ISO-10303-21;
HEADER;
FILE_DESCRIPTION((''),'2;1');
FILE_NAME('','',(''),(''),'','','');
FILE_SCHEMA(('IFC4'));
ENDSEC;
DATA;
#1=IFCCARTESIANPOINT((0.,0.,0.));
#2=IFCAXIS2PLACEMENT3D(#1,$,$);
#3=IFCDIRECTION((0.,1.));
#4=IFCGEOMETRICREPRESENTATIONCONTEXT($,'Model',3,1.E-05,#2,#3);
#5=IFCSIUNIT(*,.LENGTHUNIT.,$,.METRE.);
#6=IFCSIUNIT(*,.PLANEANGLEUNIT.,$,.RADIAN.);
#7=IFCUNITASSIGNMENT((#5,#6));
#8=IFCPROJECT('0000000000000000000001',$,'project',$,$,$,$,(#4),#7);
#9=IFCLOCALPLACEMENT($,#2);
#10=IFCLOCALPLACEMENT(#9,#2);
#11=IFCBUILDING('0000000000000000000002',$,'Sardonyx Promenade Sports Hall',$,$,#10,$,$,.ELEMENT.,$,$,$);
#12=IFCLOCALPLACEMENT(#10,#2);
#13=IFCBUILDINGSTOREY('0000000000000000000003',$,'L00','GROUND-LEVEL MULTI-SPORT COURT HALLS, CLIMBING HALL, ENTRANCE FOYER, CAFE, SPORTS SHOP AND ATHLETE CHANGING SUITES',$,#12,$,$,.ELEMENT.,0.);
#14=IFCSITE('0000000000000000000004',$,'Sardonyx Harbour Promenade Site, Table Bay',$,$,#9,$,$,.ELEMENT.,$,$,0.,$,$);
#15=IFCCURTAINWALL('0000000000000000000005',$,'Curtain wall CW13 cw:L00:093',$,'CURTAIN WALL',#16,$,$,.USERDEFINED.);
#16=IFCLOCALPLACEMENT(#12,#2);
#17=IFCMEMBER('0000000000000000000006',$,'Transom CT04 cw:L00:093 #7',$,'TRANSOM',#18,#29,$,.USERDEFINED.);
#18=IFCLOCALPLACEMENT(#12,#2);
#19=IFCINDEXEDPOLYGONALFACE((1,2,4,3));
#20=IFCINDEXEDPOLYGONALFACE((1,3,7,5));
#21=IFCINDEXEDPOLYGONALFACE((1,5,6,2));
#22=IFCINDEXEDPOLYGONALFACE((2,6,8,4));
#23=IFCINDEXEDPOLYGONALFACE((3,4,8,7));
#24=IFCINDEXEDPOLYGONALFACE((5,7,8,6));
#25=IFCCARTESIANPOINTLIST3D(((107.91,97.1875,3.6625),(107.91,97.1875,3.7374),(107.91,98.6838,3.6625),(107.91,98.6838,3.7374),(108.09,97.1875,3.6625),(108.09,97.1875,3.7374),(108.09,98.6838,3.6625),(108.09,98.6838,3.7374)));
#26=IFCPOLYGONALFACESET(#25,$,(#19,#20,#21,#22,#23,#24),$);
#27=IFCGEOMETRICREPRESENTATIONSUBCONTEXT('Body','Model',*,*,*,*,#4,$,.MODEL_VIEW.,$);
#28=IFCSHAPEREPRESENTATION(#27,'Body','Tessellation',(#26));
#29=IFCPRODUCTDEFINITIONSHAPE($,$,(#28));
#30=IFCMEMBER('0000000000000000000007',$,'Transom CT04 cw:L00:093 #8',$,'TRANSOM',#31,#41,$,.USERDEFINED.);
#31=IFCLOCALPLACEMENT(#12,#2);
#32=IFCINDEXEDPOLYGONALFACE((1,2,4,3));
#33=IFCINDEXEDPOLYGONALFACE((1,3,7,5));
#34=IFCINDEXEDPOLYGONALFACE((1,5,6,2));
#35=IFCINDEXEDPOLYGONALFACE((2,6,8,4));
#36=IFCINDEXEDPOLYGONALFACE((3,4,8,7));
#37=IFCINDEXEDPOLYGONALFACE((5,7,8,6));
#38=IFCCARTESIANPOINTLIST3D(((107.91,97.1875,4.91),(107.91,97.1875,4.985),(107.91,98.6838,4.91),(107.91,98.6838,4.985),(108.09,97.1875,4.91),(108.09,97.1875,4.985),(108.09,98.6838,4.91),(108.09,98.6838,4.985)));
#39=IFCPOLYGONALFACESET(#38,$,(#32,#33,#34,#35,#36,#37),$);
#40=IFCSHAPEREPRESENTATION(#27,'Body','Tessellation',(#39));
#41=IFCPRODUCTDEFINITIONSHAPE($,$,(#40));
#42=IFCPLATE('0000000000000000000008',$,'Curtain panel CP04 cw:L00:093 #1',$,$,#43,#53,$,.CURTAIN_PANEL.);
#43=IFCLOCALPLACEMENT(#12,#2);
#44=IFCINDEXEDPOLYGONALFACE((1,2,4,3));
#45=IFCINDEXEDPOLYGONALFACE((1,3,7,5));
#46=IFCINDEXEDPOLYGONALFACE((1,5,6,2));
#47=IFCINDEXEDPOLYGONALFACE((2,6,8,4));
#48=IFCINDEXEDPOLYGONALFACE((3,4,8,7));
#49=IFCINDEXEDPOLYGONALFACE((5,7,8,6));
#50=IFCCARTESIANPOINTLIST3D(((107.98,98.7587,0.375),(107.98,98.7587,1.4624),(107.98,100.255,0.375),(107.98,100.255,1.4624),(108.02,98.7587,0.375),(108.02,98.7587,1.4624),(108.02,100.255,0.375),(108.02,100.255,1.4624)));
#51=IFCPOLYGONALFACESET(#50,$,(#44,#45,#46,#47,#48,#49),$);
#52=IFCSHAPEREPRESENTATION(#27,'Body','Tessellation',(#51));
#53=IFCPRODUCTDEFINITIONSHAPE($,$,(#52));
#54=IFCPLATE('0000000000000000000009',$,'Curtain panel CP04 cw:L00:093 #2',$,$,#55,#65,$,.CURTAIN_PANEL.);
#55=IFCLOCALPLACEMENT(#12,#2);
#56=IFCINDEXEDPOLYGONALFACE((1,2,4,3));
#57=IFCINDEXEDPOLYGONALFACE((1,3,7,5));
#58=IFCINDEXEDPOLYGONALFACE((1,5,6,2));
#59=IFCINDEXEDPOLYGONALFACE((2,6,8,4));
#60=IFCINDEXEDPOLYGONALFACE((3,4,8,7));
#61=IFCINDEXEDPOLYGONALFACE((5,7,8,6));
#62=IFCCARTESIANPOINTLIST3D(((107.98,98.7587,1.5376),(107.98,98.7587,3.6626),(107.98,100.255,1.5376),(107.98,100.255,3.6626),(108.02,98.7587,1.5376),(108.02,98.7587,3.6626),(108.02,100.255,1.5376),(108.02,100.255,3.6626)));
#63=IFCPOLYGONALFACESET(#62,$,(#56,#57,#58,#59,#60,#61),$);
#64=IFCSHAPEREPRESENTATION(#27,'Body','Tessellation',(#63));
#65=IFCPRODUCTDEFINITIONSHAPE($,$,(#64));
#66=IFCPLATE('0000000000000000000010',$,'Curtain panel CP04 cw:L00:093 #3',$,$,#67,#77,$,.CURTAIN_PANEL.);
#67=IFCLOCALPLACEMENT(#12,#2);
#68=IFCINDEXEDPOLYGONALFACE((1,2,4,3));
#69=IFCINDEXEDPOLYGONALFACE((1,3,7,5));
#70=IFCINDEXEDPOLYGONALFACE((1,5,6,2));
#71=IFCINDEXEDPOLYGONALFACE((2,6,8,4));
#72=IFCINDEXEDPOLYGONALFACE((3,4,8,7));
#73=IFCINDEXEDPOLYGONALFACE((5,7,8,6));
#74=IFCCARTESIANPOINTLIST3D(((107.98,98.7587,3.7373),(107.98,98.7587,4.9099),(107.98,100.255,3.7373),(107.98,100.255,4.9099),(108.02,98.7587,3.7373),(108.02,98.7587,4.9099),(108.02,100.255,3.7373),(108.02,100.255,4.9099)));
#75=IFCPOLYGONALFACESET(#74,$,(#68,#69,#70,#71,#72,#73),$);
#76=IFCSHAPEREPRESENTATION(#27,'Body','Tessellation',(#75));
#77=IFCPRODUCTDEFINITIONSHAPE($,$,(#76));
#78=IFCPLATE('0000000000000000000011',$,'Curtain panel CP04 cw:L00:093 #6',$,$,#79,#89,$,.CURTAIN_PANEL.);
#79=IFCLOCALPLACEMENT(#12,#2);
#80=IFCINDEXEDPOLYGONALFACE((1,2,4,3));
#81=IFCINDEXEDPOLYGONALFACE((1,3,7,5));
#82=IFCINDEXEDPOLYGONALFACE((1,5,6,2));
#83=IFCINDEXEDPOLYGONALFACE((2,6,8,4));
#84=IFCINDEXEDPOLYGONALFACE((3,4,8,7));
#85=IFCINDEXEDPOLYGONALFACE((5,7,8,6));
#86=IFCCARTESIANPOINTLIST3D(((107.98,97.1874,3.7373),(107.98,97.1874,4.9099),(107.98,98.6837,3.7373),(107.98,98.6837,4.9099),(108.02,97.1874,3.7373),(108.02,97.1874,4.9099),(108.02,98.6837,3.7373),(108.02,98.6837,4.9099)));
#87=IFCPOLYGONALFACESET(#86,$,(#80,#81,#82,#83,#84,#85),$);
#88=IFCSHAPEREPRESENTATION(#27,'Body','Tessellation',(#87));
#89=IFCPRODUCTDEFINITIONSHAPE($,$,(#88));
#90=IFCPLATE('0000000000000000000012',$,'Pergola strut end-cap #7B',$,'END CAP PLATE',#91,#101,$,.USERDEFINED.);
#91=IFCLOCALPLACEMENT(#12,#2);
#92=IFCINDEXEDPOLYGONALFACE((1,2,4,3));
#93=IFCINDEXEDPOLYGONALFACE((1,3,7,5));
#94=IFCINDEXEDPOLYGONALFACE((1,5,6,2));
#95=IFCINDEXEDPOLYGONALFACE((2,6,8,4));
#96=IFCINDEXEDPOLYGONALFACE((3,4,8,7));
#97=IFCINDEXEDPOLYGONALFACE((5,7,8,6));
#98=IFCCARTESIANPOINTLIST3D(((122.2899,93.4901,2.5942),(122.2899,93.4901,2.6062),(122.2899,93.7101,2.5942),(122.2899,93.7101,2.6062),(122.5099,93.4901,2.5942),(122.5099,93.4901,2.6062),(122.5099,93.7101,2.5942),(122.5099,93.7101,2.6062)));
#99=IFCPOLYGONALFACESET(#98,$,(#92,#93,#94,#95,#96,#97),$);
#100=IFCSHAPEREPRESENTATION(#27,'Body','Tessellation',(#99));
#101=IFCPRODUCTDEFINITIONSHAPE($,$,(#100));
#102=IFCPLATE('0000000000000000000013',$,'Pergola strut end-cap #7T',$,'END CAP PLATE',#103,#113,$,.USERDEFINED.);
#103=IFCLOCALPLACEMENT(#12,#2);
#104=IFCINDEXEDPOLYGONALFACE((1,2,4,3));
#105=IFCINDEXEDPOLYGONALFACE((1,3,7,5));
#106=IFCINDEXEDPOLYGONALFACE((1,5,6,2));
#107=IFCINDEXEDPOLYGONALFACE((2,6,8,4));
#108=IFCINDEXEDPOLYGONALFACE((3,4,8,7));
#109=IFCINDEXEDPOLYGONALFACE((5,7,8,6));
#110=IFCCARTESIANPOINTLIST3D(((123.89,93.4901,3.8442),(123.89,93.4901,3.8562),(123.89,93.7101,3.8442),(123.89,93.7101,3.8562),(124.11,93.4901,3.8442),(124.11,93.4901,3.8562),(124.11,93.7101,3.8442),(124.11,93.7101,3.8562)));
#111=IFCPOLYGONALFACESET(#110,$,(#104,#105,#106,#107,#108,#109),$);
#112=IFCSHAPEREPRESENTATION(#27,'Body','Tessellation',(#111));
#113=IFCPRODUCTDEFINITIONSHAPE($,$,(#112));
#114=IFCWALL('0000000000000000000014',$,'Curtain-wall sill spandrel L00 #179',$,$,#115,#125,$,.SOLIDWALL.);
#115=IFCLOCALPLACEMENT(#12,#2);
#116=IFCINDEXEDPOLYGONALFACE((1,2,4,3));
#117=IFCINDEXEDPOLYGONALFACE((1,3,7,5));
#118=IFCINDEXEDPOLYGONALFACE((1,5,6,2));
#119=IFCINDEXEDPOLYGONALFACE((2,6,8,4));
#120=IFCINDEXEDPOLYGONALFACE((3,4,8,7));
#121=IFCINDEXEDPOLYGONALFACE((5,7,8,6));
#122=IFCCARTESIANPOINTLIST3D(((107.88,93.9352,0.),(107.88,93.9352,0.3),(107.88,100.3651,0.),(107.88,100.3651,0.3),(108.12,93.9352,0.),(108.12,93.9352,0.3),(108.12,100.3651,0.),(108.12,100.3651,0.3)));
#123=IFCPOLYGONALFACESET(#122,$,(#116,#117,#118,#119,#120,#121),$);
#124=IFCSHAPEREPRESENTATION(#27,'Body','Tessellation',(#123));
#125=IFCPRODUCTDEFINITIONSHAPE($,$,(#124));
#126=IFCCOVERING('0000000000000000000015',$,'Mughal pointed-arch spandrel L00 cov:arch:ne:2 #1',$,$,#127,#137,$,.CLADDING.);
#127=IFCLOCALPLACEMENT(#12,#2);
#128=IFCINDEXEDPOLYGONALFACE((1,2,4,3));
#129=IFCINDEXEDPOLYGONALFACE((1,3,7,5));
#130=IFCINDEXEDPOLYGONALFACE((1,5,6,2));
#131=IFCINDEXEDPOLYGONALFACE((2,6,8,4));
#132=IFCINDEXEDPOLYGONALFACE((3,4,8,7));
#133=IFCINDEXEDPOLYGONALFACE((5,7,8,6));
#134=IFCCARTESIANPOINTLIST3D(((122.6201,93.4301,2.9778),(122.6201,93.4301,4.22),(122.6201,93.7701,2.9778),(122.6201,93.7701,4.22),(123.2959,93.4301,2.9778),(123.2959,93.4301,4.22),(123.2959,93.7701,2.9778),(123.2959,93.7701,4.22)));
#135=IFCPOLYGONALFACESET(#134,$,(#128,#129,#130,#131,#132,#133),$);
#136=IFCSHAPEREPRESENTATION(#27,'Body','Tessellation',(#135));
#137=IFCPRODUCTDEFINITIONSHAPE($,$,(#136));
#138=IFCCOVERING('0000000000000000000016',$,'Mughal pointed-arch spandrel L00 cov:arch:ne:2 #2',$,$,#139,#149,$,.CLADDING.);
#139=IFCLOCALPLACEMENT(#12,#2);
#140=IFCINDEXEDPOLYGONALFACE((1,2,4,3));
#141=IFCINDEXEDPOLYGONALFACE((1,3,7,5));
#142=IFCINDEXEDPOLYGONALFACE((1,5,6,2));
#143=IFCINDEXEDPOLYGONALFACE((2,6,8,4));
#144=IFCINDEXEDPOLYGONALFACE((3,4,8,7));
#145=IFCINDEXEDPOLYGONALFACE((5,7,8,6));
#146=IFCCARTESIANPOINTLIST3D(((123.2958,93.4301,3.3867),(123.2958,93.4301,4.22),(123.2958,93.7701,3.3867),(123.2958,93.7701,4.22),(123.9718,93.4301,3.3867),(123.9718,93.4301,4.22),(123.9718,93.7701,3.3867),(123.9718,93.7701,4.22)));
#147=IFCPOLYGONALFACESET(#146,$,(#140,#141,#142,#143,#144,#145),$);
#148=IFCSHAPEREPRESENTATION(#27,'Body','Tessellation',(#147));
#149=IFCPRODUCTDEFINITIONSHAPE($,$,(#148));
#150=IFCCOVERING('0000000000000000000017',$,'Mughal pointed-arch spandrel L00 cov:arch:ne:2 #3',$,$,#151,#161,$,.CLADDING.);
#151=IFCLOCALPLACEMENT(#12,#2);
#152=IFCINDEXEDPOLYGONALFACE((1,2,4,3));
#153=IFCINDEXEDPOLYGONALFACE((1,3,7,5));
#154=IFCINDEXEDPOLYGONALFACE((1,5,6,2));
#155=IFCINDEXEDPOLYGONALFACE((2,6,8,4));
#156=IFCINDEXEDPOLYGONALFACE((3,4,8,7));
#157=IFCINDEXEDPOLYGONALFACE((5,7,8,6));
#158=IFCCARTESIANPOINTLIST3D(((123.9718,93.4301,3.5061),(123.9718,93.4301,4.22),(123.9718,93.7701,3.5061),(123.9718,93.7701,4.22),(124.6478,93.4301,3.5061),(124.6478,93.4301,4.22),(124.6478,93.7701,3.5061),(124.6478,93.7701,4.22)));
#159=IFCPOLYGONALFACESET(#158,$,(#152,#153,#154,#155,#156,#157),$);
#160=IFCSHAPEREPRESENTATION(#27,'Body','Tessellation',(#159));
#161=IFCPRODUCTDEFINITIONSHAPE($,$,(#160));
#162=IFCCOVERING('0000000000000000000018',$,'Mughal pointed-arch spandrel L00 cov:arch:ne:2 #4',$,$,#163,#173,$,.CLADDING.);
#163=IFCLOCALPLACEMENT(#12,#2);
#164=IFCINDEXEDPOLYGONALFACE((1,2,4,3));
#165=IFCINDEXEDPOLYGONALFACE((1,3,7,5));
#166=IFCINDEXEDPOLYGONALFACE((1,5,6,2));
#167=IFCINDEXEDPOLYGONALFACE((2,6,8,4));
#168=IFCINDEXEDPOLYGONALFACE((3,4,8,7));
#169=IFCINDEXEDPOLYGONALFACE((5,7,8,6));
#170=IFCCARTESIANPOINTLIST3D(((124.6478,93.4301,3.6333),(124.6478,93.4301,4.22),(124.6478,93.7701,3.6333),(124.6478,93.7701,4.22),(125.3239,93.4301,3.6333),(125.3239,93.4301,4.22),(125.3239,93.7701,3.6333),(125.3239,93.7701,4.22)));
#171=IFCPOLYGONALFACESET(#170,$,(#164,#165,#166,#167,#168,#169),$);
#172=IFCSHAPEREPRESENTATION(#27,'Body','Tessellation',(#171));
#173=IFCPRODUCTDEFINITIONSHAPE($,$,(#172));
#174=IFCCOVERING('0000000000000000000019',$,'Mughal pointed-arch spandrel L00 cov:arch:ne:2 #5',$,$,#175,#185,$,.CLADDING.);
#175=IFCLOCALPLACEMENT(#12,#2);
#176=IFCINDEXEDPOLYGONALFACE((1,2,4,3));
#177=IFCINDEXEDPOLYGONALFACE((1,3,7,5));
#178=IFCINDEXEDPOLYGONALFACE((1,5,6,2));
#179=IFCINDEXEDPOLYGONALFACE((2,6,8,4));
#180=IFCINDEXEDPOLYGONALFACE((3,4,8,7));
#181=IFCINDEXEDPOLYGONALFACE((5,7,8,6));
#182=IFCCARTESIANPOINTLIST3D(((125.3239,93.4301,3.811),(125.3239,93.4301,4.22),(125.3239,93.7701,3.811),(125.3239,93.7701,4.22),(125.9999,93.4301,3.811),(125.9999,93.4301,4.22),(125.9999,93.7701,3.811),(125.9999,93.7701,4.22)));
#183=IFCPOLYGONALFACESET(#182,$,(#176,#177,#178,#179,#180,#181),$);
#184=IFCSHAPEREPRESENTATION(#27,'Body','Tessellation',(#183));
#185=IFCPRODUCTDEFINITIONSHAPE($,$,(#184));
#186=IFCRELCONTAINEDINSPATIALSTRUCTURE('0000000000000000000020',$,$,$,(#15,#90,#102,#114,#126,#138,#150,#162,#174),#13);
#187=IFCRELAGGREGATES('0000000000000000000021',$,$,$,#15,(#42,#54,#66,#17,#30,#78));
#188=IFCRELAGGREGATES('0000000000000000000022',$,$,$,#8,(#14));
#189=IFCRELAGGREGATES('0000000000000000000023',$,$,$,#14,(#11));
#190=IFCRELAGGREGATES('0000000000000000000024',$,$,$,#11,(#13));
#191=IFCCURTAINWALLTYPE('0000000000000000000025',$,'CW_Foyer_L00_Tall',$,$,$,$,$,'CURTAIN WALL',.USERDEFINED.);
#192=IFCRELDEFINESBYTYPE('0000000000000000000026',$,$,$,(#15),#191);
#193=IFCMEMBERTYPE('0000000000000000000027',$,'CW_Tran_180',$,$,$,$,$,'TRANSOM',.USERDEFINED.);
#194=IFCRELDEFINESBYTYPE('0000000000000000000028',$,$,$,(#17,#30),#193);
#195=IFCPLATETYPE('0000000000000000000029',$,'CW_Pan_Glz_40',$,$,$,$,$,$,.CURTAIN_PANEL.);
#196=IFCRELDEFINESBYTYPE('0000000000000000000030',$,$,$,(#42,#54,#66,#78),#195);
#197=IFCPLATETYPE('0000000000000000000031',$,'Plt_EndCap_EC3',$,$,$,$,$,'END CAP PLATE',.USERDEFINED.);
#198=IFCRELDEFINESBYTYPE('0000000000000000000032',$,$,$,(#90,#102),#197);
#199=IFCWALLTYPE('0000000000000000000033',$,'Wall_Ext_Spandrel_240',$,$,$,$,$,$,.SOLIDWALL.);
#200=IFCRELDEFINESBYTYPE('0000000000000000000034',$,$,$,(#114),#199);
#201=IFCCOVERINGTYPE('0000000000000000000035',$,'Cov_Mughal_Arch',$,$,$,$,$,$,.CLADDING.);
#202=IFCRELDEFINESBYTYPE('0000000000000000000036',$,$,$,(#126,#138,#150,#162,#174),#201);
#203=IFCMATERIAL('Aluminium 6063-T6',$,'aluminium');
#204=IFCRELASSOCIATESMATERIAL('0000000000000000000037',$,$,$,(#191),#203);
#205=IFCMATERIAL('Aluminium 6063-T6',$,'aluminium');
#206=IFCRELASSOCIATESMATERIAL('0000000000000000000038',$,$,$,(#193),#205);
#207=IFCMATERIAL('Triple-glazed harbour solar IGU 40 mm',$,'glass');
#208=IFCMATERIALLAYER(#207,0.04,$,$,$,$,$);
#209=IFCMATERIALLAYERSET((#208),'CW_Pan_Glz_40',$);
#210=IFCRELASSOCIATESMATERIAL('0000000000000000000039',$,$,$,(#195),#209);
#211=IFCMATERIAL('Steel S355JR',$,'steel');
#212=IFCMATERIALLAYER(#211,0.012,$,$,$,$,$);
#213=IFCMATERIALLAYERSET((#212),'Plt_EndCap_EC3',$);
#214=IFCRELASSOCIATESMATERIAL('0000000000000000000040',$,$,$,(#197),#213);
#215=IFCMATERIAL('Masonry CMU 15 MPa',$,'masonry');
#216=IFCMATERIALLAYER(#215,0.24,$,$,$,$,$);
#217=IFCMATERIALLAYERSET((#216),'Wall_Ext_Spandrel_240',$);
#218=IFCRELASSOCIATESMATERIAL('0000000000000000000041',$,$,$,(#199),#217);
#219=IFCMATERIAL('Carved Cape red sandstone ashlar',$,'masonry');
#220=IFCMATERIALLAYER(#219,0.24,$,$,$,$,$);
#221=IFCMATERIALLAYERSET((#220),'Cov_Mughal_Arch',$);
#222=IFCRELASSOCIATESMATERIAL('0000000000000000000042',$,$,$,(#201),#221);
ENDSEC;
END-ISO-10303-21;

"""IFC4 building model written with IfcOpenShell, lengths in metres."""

from ifc_helpers import new_model, si_unit, direction, frame, frame_2d, origin, origin_2d, place, context, subcontext, project, spatial, rectangle, extrude, material, layer, layer_set, material_profile, profile_set, type_object, element, aggregate, save


model = new_model("IFC4")

# Units and contexts
model_context = context("Model", 3, precision=1e-05, world=origin(), true_north=direction((0.0, 1.0)))
body_context = subcontext(model_context, "Body", "Model", "MODEL_VIEW")
ifc_project = project(units=[si_unit("LENGTHUNIT", "METRE"), si_unit("PLANEANGLEUNIT", "RADIAN")], contexts=[model_context])

# Site, building, storey
site_placement = place(None, origin())
site = spatial("IfcSite", under=ifc_project, at=site_placement, Name="Sardonyx Harbour Promenade Site, Table Bay", CompositionType="ELEMENT", RefElevation=0.0)
building_placement = place(site_placement, origin())
building = spatial("IfcBuilding", under=site, at=building_placement, Name="Sardonyx Promenade Sports Hall", CompositionType="ELEMENT")
storey_placement = place(building_placement, origin())
storey = spatial("IfcBuildingStorey", under=building, at=storey_placement, Name="L00", Description="GROUND-LEVEL MULTI-SPORT COURT HALLS, CLIMBING HALL, ENTRANCE FOYER, CAFE, SPORTS SHOP AND ATHLETE CHANGING SUITES", CompositionType="ELEMENT", Elevation=0.0)

# Curtain wall, members, plates
ifc_material_1 = material(Name="Aluminium 6063-T6", Category="aluminium")
curtain_wall_type = type_object("IfcCurtainWallType", Name="CW_Foyer_L00_Tall", ElementType="CURTAIN WALL", PredefinedType="USERDEFINED", material=ifc_material_1)
curtain_wall_placement = place(storey_placement, origin())
curtain_wall = element("IfcCurtainWall", 1, at=curtain_wall_placement, inside=storey, type_object=curtain_wall_type, Name="Curtain wall CW13 cw:L00:093", ObjectType="CURTAIN WALL", PredefinedType="USERDEFINED")
ifc_material_2 = material(Name="Aluminium 6063-T6", Category="aluminium")
ifc_material_profile_1 = material_profile(ifc_material_2, rectangle(XDim=0.075, YDim=0.1799, at=origin_2d()))
ifc_profile_set_1 = profile_set([ifc_material_profile_1], Name="Aluminium 6063-T6")
member_type_1 = type_object("IfcMemberType", Name="CW_Tran_180", ElementType="TRANSOM", PredefinedType="USERDEFINED", material=ifc_profile_set_1)
member_1_placement = place(storey_placement, frame((108.0, 98.6838, 3.7), z_axis=(0.0, -1.0, 0.0), x_axis=(0.0, 0.0, 1.0)))
member_1 = element("IfcMember", 2, at=member_1_placement, type_object=member_type_1, Name="Transom CT04 cw:L00:093 #7", ObjectType="TRANSOM", PredefinedType="USERDEFINED", context=body_context, shape_type="SweptSolid", body=[
    extrude(rectangle(XDim=0.075, YDim=0.1799, at=origin_2d()), origin(), (0.0, 0.0, 1.0), 1.4963),
])
member_2_placement = place(storey_placement, frame((108.0, 98.6838, 4.9475), z_axis=(0.0, -1.0, 0.0), x_axis=(0.0, 0.0, 1.0)))
member_2 = element("IfcMember", 3, at=member_2_placement, type_object=member_type_1, Name="Transom CT04 cw:L00:093 #8", ObjectType="TRANSOM", PredefinedType="USERDEFINED", context=body_context, shape_type="SweptSolid", body=[
    extrude(rectangle(XDim=0.075, YDim=0.1799, at=origin_2d()), origin(), (0.0, 0.0, 1.0), 1.4963),
])
ifc_material_3 = material(Name="Triple-glazed harbour solar IGU 40 mm", Category="glass")
ifc_layer_1 = layer(ifc_material_3, 0.04)
ifc_layer_set_1 = layer_set([ifc_layer_1], Name="CW_Pan_Glz_40")
plate_type_1 = type_object("IfcPlateType", Name="CW_Pan_Glz_40", PredefinedType="CURTAIN_PANEL", material=ifc_layer_set_1)
plate_1_placement = place(storey_placement, frame((108.0, 99.5068, 0.375), z_axis=(0.0, 0.0, 1.0), x_axis=(0.0, -1.0, 0.0)))
plate_1 = element("IfcPlate", 4, at=plate_1_placement, type_object=plate_type_1, Name="Curtain panel CP04 cw:L00:093 #1", PredefinedType="CURTAIN_PANEL", context=body_context, shape_type="SweptSolid", body=[
    extrude(rectangle(XDim=1.4963, YDim=0.04, at=origin_2d()), origin(), (0.0, 0.0, 1.0), 1.0874),
])
plate_2_placement = place(storey_placement, frame((108.0, 99.5068, 1.5376), z_axis=(0.0, 0.0, 1.0), x_axis=(0.0, -1.0, 0.0)))
plate_2 = element("IfcPlate", 5, at=plate_2_placement, type_object=plate_type_1, Name="Curtain panel CP04 cw:L00:093 #2", PredefinedType="CURTAIN_PANEL", context=body_context, shape_type="SweptSolid", body=[
    extrude(rectangle(XDim=1.4963, YDim=0.04, at=origin_2d()), origin(), (0.0, 0.0, 1.0), 2.125),
])
plate_3_placement = place(storey_placement, frame((108.0, 99.5068, 3.7373), z_axis=(0.0, 0.0, 1.0), x_axis=(0.0, -1.0, 0.0)))
plate_3 = element("IfcPlate", 6, at=plate_3_placement, type_object=plate_type_1, Name="Curtain panel CP04 cw:L00:093 #3", PredefinedType="CURTAIN_PANEL", context=body_context, shape_type="SweptSolid", body=[
    extrude(rectangle(XDim=1.4963, YDim=0.04, at=origin_2d()), origin(), (0.0, 0.0, 1.0), 1.1726),
])
plate_4_placement = place(storey_placement, frame((108.0, 97.9355, 3.7373), z_axis=(0.0, 0.0, 1.0), x_axis=(0.0, -1.0, 0.0)))
plate_4 = element("IfcPlate", 7, at=plate_4_placement, type_object=plate_type_1, Name="Curtain panel CP04 cw:L00:093 #6", PredefinedType="CURTAIN_PANEL", context=body_context, shape_type="SweptSolid", body=[
    extrude(rectangle(XDim=1.4963, YDim=0.04, at=origin_2d()), origin(), (0.0, 0.0, 1.0), 1.1726),
])
aggregate(curtain_wall, [plate_1, plate_2, plate_3, member_1, member_2, plate_4])

# Plates
ifc_material_4 = material(Name="Steel S355JR", Category="steel")
ifc_layer_2 = layer(ifc_material_4, 0.012)
ifc_layer_set_2 = layer_set([ifc_layer_2], Name="Plt_EndCap_EC3")
plate_type_2 = type_object("IfcPlateType", Name="Plt_EndCap_EC3", ElementType="END CAP PLATE", PredefinedType="USERDEFINED", material=ifc_layer_set_2)
for number, where, z_axis, x_axis, name in (
    (8, (122.3999, 93.6001, 2.5942), (0.0, 0.0, 1.0), (1.0, 0.0, 0.0), "Pergola strut end-cap #7B"),
    (9, (124.0, 93.6001, 3.8442), (0.0, 0.0, 1.0), (1.0, 0.0, 0.0), "Pergola strut end-cap #7T"),
):
    element("IfcPlate", number, at=place(storey_placement, frame(where, z_axis=z_axis, x_axis=x_axis)), inside=storey, type_object=plate_type_2, Name=name, ObjectType="END CAP PLATE", PredefinedType="USERDEFINED", context=body_context, shape_type="SweptSolid", body=[
        extrude(rectangle(XDim=0.22, YDim=0.22, at=origin_2d()), origin(), (0.0, 0.0, 1.0), 0.012),
    ])

# Wall
ifc_material_5 = material(Name="Masonry CMU 15 MPa", Category="masonry")
ifc_layer_3 = layer(ifc_material_5, 0.24)
ifc_layer_set_3 = layer_set([ifc_layer_3], Name="Wall_Ext_Spandrel_240")
wall_type = type_object("IfcWallType", Name="Wall_Ext_Spandrel_240", PredefinedType="SOLIDWALL", material=ifc_layer_set_3)
wall_placement = place(storey_placement, frame((108.0, 100.365, 0.0), z_axis=(0.0, 0.0, 1.0), x_axis=(0.0, -1.0, 0.0)))
element("IfcWall", 10, at=wall_placement, inside=storey, type_object=wall_type, Name="Curtain-wall sill spandrel L00 #179", PredefinedType="SOLIDWALL", context=body_context, shape_type="SweptSolid", body=[
    extrude(rectangle(XDim=6.4299, YDim=0.24, at=frame_2d((3.2148, 0.0))), origin(), (0.0, 0.0, 1.0), 0.3),
])

# Coverings
ifc_material_6 = material(Name="Carved Cape red sandstone ashlar", Category="masonry")
ifc_layer_4 = layer(ifc_material_6, 0.24)
ifc_layer_set_4 = layer_set([ifc_layer_4], Name="Cov_Mughal_Arch")
covering_type = type_object("IfcCoveringType", Name="Cov_Mughal_Arch", PredefinedType="CLADDING", material=ifc_layer_set_4)
covering_1_placement = place(storey_placement, frame((122.6201, 93.6001, 2.9778), z_axis=(0.0, 0.0, 1.0), x_axis=(1.0, 0.0, 0.0)))
element("IfcCovering", 11, at=covering_1_placement, inside=storey, type_object=covering_type, Name="Mughal pointed-arch spandrel L00 cov:arch:ne:2 #1", PredefinedType="CLADDING", context=body_context, shape_type="SweptSolid", body=[
    extrude(rectangle(XDim=0.6758, YDim=0.3401, at=frame_2d((0.3379, 0.0))), origin(), (0.0, 0.0, 1.0), 1.2422),
])
covering_2_placement = place(storey_placement, frame((123.2959, 93.6001, 3.3867), z_axis=(0.0, 0.0, 1.0), x_axis=(1.0, 0.0, 0.0)))
element("IfcCovering", 12, at=covering_2_placement, inside=storey, type_object=covering_type, Name="Mughal pointed-arch spandrel L00 cov:arch:ne:2 #2", PredefinedType="CLADDING", context=body_context, shape_type="SweptSolid", body=[
    extrude(rectangle(XDim=0.676, YDim=0.3401, at=frame_2d((0.3379, 0.0))), origin(), (0.0, 0.0, 1.0), 0.8333),
])
covering_3_placement = place(storey_placement, frame((123.9719, 93.6001, 3.5061), z_axis=(0.0, 0.0, 1.0), x_axis=(1.0, 0.0, 0.0)))
element("IfcCovering", 13, at=covering_3_placement, inside=storey, type_object=covering_type, Name="Mughal pointed-arch spandrel L00 cov:arch:ne:2 #3", PredefinedType="CLADDING", context=body_context, shape_type="SweptSolid", body=[
    extrude(rectangle(XDim=0.676, YDim=0.3401, at=frame_2d((0.3379, 0.0))), origin(), (0.0, 0.0, 1.0), 0.7139),
])
covering_4_placement = place(storey_placement, frame((124.6479, 93.6001, 3.6333), z_axis=(0.0, 0.0, 1.0), x_axis=(1.0, 0.0, 0.0)))
element("IfcCovering", 14, at=covering_4_placement, inside=storey, type_object=covering_type, Name="Mughal pointed-arch spandrel L00 cov:arch:ne:2 #4", PredefinedType="CLADDING", context=body_context, shape_type="SweptSolid", body=[
    extrude(rectangle(XDim=0.676, YDim=0.3401, at=frame_2d((0.3379, 0.0))), origin(), (0.0, 0.0, 1.0), 0.5867),
])
covering_5_placement = place(storey_placement, frame((125.324, 93.6001, 3.811), z_axis=(0.0, 0.0, 1.0), x_axis=(1.0, 0.0, 0.0)))
element("IfcCovering", 15, at=covering_5_placement, inside=storey, type_object=covering_type, Name="Mughal pointed-arch spandrel L00 cov:arch:ne:2 #5", PredefinedType="CLADDING", context=body_context, shape_type="SweptSolid", body=[
    extrude(rectangle(XDim=0.676, YDim=0.3401, at=frame_2d((0.3379, 0.0))), origin(), (0.0, 0.0, 1.0), 0.4089),
])

save(model, "model.ifc")
